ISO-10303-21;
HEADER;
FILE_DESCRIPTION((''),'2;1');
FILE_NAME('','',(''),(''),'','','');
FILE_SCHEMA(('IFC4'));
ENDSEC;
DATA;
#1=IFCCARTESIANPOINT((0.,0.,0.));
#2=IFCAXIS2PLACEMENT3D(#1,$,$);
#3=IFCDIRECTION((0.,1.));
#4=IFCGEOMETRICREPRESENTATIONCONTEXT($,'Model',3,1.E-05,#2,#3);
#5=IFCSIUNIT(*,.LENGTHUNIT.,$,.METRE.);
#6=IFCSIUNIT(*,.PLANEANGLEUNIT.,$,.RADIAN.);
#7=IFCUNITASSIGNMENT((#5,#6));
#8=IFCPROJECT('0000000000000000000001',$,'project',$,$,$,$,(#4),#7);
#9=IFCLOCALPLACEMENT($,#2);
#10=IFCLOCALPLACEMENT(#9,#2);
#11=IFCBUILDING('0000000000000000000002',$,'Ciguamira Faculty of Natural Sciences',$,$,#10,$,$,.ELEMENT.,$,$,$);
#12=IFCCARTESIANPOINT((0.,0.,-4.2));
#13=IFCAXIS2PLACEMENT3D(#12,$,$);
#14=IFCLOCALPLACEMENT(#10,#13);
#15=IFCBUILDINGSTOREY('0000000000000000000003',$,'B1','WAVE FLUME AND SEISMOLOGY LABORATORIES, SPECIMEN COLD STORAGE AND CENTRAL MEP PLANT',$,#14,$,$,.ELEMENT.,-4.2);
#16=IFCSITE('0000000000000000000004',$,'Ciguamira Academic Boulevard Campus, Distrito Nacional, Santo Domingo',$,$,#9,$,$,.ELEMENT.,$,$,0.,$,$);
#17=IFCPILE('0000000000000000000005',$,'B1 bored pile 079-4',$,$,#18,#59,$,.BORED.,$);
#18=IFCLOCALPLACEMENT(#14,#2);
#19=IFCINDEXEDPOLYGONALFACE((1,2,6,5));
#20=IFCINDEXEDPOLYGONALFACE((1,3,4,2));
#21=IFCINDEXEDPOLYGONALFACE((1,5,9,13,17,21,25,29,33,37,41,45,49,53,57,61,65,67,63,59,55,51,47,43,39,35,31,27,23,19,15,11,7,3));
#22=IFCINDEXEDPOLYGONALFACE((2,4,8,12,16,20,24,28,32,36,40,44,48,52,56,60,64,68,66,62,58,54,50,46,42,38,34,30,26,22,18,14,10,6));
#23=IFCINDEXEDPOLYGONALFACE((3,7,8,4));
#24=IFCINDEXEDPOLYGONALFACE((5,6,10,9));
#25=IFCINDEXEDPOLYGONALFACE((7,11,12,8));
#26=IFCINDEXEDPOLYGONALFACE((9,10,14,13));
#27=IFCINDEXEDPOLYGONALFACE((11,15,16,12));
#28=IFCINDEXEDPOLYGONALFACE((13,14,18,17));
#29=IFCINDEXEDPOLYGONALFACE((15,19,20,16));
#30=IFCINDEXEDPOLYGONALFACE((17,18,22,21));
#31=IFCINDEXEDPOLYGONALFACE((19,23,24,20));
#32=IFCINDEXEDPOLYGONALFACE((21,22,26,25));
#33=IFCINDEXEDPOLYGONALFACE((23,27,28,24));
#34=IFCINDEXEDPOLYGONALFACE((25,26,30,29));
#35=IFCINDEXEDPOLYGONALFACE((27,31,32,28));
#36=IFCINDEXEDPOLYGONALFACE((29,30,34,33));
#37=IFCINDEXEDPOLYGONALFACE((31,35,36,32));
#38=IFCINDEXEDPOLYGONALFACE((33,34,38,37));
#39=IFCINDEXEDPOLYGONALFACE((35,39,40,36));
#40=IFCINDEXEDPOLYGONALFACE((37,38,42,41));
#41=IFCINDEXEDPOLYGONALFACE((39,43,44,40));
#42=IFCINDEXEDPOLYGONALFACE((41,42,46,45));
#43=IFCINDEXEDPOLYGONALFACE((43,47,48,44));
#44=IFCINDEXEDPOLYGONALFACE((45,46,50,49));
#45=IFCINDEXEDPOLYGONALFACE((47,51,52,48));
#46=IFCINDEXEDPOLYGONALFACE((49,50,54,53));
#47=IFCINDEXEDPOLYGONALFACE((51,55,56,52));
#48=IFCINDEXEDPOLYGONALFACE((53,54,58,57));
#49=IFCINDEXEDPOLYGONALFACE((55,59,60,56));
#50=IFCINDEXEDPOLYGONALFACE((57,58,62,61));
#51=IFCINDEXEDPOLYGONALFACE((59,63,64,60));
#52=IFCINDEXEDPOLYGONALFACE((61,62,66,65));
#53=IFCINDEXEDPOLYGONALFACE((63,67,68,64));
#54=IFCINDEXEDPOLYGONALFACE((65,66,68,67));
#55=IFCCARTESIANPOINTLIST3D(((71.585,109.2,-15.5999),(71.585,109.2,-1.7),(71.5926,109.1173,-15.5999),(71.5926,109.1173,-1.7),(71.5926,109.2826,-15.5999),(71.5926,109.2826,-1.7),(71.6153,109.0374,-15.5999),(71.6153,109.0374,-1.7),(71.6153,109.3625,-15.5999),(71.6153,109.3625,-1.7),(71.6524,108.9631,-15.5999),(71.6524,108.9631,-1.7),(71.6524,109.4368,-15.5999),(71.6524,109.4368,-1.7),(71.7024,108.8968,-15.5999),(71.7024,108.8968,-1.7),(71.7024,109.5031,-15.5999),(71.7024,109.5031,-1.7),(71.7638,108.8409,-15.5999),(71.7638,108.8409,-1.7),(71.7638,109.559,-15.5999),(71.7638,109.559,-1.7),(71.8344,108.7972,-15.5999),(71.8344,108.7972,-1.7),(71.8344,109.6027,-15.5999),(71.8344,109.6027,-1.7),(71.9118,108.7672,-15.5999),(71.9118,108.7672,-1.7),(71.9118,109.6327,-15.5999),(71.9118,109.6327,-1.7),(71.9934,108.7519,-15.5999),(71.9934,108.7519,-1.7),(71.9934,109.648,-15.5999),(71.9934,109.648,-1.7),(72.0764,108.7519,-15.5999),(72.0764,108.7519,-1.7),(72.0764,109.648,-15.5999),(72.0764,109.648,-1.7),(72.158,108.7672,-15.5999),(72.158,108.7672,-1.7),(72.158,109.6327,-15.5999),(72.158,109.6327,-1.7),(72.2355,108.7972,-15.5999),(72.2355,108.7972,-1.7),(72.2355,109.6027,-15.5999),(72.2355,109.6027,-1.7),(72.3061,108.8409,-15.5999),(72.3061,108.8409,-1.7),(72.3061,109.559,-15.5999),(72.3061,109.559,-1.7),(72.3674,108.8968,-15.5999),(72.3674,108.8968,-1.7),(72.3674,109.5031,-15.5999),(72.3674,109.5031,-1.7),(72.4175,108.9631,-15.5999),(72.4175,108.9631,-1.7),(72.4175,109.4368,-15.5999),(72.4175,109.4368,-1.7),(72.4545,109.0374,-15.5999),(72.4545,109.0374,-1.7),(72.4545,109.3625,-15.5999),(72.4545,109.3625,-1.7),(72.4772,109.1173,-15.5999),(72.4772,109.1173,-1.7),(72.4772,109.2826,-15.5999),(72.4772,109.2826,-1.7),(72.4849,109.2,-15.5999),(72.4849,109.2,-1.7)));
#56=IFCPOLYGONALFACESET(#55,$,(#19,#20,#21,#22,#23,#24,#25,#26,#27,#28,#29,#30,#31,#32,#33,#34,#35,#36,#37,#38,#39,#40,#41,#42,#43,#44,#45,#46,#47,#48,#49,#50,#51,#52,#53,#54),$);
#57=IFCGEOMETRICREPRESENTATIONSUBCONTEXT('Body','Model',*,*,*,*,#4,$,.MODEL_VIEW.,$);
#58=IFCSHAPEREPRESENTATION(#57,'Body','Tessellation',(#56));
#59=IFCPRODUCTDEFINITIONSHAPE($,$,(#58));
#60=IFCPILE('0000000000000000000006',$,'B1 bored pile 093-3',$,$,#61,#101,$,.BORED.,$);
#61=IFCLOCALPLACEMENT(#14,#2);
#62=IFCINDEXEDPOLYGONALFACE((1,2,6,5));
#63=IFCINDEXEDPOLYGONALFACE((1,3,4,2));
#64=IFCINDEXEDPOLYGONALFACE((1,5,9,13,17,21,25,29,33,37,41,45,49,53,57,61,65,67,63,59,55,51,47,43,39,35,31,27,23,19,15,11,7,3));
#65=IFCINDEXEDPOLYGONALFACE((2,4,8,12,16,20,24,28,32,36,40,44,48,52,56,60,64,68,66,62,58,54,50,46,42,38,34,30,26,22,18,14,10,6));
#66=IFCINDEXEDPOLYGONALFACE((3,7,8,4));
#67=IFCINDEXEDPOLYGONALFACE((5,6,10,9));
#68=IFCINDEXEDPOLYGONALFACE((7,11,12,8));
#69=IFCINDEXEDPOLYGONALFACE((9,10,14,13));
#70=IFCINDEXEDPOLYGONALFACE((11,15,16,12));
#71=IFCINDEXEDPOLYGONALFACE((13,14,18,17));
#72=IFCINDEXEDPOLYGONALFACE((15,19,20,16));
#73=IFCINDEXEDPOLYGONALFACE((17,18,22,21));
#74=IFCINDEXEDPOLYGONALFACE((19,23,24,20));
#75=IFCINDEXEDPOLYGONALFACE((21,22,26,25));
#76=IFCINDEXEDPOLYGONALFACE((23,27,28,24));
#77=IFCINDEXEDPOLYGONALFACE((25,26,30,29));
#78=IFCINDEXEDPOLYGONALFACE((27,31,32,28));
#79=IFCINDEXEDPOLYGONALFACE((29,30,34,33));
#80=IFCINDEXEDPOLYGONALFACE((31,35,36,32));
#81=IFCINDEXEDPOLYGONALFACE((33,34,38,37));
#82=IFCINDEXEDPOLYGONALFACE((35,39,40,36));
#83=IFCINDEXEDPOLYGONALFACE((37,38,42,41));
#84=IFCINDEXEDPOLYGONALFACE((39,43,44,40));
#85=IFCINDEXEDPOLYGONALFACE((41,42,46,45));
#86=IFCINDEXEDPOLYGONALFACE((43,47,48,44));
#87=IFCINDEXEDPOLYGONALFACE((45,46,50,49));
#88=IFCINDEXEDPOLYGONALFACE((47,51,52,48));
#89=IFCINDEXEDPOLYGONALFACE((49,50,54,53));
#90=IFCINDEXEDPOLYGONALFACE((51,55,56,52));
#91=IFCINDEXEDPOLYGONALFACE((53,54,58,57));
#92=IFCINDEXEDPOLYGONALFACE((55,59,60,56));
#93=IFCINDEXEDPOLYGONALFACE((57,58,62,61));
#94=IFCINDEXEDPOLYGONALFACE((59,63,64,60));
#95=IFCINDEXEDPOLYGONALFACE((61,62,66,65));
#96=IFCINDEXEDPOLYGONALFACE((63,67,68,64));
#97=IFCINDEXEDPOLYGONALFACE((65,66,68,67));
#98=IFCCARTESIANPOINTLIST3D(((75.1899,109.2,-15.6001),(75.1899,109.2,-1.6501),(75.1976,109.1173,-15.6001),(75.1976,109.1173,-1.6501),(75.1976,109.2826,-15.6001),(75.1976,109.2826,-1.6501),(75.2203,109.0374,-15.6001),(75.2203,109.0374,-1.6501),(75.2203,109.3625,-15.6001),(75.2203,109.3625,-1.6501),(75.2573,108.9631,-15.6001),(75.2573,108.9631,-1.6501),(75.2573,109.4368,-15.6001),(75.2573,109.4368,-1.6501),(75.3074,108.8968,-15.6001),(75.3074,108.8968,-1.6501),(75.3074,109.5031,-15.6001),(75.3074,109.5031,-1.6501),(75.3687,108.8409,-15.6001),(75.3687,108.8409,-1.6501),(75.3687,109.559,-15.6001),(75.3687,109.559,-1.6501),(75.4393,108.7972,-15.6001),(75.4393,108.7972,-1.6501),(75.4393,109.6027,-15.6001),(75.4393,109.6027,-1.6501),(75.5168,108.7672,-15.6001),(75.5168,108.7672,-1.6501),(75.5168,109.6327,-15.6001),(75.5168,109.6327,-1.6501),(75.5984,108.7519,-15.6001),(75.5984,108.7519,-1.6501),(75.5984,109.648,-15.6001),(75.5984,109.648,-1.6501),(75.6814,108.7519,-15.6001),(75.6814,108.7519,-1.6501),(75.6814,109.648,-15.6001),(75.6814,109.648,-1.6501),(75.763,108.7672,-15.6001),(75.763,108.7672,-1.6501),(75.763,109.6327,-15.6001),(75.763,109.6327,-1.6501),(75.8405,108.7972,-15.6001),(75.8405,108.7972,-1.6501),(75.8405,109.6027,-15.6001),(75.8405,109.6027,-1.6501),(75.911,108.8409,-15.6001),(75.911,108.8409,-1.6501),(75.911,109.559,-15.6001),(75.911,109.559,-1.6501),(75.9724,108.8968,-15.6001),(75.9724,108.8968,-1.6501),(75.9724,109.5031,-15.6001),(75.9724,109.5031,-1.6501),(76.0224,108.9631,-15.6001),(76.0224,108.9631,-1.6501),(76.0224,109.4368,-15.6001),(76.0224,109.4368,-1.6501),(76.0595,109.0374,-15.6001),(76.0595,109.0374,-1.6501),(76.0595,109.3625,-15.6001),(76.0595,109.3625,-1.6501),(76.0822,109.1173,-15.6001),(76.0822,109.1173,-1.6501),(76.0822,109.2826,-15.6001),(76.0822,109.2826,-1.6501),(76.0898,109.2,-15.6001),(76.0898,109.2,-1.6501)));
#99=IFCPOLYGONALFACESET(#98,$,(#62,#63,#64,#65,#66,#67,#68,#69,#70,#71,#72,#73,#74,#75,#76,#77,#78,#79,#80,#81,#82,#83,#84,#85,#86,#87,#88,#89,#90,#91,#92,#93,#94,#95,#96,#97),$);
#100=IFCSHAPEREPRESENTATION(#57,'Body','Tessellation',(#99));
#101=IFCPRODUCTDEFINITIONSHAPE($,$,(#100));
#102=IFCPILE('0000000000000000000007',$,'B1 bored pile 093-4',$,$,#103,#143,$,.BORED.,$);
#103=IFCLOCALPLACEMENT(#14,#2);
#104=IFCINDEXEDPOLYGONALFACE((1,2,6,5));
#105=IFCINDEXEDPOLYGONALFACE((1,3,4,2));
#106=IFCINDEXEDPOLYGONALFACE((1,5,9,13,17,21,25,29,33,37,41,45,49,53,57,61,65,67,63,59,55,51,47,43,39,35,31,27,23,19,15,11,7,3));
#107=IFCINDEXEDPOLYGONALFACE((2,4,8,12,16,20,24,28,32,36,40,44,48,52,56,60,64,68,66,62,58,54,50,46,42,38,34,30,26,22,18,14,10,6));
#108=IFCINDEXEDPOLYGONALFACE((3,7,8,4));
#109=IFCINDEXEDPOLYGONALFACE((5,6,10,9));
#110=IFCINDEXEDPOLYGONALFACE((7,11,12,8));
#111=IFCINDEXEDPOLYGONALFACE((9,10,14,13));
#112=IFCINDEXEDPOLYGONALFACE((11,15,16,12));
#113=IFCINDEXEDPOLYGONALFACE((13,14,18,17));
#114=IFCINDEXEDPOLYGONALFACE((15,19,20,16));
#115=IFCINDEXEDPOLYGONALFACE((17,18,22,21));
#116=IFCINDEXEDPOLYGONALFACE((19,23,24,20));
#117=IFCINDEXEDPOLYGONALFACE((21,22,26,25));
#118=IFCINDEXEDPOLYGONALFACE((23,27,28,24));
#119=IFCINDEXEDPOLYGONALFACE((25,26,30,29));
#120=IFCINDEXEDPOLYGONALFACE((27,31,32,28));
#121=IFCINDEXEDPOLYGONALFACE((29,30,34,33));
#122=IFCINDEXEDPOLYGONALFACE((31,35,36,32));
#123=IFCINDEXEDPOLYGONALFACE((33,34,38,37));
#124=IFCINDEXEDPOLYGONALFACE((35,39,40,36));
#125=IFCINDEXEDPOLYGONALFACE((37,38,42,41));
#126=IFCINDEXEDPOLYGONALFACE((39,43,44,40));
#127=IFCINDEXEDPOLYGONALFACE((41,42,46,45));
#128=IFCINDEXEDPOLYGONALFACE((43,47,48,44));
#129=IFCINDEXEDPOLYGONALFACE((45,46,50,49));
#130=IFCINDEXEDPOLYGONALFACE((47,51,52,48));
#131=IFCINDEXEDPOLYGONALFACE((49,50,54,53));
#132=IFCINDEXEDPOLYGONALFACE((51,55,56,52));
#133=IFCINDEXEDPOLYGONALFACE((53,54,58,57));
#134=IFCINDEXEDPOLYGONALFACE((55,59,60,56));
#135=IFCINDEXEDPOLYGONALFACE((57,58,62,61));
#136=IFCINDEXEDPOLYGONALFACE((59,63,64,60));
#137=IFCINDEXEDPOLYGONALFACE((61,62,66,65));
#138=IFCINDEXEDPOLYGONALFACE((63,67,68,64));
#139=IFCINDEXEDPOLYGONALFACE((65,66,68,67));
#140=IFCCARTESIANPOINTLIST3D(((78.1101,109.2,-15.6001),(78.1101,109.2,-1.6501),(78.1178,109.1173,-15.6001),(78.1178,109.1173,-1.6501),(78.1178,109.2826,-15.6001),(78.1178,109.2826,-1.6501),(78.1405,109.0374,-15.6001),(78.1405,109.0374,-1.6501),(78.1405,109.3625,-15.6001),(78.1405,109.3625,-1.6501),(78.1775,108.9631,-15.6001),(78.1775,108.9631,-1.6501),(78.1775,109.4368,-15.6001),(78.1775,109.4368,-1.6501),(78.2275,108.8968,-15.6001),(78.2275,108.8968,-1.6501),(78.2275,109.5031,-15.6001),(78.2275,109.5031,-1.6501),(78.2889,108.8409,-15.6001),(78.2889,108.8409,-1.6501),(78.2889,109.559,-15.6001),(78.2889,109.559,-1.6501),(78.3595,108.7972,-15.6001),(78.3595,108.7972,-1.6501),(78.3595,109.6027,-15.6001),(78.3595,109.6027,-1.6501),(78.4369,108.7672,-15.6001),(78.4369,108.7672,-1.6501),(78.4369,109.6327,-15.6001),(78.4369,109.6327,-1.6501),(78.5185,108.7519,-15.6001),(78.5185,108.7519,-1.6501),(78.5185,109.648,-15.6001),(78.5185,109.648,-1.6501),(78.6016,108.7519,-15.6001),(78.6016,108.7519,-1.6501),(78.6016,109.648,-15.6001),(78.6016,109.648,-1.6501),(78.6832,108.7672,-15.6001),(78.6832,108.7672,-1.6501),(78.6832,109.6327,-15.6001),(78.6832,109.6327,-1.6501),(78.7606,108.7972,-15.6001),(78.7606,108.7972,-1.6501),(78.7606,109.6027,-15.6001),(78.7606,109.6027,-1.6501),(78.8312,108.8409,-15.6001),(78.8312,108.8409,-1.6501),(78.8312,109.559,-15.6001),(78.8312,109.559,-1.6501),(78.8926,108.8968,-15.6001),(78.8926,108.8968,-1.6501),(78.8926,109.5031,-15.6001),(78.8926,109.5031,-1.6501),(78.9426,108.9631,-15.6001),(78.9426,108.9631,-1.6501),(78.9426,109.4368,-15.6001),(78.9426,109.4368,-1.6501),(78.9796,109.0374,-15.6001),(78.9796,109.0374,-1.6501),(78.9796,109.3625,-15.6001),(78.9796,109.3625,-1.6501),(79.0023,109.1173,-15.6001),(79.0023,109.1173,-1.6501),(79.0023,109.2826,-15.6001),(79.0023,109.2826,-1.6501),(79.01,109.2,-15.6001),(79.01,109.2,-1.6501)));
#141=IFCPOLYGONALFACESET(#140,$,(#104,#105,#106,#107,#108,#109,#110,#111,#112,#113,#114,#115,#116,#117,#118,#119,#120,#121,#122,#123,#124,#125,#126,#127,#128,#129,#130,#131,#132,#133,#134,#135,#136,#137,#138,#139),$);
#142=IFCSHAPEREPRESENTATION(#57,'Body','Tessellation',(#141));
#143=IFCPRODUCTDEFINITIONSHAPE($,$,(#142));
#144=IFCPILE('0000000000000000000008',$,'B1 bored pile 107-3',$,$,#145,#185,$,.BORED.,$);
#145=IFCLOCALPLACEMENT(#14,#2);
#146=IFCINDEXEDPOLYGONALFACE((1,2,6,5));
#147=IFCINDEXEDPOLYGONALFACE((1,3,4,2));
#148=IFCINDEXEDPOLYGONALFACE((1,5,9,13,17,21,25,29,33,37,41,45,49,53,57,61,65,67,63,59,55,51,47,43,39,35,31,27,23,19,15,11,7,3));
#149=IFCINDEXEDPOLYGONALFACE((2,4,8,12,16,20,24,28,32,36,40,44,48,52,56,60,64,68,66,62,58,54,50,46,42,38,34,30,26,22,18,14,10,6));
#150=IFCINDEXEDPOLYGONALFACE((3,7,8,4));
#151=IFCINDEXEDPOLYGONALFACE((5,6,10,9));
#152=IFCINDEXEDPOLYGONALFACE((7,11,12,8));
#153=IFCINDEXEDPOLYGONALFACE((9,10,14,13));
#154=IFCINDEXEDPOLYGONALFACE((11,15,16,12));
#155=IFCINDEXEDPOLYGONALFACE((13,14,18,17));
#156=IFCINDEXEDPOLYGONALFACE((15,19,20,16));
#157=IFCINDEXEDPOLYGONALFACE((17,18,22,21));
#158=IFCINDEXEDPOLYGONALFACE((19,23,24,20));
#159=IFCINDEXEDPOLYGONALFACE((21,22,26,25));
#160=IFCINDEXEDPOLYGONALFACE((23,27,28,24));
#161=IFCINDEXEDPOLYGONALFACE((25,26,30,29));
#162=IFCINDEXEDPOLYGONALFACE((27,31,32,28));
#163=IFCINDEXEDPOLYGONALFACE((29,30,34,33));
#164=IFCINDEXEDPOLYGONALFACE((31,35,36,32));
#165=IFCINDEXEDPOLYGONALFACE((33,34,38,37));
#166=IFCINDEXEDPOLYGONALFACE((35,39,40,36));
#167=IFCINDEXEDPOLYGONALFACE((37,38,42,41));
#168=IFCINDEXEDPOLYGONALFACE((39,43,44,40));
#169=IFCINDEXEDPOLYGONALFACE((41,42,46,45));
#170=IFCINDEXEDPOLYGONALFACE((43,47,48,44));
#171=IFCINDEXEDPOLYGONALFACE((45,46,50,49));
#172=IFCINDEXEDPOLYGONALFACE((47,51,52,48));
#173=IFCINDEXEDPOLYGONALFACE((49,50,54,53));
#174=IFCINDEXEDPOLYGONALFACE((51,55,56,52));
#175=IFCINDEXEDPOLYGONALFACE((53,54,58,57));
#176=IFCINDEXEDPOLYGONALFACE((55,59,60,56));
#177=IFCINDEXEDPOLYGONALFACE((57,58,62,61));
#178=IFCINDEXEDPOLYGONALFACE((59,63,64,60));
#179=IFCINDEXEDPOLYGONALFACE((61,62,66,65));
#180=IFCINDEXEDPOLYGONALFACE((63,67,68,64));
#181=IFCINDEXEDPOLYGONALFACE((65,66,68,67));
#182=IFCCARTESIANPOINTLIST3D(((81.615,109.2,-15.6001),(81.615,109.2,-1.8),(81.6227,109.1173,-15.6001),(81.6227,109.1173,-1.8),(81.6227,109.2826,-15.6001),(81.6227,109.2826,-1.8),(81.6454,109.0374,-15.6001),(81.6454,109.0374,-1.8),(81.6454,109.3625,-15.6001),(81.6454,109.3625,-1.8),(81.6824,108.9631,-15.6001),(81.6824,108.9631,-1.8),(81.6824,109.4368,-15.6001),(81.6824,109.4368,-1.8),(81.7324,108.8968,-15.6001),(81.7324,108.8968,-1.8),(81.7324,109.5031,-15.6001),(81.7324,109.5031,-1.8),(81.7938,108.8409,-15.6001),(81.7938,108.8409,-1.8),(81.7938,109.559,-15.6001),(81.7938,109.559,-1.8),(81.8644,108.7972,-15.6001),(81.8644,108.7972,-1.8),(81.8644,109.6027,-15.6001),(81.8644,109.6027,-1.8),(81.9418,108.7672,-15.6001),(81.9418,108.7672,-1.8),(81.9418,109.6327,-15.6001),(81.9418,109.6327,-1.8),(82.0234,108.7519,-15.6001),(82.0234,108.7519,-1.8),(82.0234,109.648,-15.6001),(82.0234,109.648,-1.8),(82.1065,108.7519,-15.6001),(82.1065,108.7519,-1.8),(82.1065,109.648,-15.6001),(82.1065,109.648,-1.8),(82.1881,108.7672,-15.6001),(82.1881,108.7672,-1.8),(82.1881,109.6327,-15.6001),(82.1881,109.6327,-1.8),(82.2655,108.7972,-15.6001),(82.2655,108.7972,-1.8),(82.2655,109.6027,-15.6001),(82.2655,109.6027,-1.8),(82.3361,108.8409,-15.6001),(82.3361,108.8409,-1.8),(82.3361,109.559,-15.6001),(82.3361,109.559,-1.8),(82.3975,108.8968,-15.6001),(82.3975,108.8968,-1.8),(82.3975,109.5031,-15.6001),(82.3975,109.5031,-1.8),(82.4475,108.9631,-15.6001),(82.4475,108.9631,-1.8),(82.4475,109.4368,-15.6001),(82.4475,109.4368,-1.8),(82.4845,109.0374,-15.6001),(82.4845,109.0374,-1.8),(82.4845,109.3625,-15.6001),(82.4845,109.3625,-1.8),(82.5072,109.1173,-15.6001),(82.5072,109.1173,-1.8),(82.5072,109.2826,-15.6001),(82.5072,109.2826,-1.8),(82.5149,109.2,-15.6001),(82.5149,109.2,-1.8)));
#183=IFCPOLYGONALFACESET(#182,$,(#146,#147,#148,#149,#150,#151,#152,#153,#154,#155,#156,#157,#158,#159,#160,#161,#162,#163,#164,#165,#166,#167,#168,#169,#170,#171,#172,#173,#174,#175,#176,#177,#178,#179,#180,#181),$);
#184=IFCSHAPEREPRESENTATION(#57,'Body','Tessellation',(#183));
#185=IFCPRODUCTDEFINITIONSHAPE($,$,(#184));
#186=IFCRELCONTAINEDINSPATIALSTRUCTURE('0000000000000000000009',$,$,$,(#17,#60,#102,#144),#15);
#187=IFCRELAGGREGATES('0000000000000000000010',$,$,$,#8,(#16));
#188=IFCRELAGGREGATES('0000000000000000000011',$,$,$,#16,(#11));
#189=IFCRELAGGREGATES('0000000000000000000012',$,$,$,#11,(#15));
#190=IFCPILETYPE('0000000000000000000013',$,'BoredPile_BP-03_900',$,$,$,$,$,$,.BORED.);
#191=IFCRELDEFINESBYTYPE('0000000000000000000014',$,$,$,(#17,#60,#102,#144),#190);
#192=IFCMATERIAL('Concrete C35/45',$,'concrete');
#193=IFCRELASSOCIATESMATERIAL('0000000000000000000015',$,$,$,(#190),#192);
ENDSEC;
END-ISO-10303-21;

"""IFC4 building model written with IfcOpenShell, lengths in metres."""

from ifc_helpers import new_model, si_unit, direction, frame, origin, origin_2d, place, context, subcontext, project, spatial, circle, extrude, material, material_profile, profile_set, type_object, element, save


model = new_model("IFC4")

# Units and contexts
model_context = context("Model", 3, precision=1e-05, world=origin(), true_north=direction((0.0, 1.0)))
body_context = subcontext(model_context, "Body", "Model", "MODEL_VIEW")
ifc_project = project(units=[si_unit("LENGTHUNIT", "METRE"), si_unit("PLANEANGLEUNIT", "RADIAN")], contexts=[model_context])

# Site, building, storey
site_placement = place(None, origin())
site = spatial("IfcSite", under=ifc_project, at=site_placement, Name="Ciguamira Academic Boulevard Campus, Distrito Nacional, Santo Domingo", CompositionType="ELEMENT", RefElevation=0.0)
building_placement = place(site_placement, origin())
building = spatial("IfcBuilding", under=site, at=building_placement, Name="Ciguamira Faculty of Natural Sciences", CompositionType="ELEMENT")
storey_placement = place(building_placement, frame((0.0, 0.0, -4.2)))
storey = spatial("IfcBuildingStorey", under=building, at=storey_placement, Name="B1", Description="WAVE FLUME AND SEISMOLOGY LABORATORIES, SPECIMEN COLD STORAGE AND CENTRAL MEP PLANT", CompositionType="ELEMENT", Elevation=-4.2)

# Piles
ifc_material_1 = material(Name="Concrete C35/45", Category="concrete")
ifc_material_profile_1 = material_profile(ifc_material_1, circle(Radius=0.45, at=origin_2d()), Name="PILE-BORED-900")
ifc_profile_set_1 = profile_set([ifc_material_profile_1], Name="Concrete C35/45")
pile_type_1 = type_object("IfcPileType", Name="BoredPile_BP-03_900", PredefinedType="BORED", material=ifc_profile_set_1)
pile_1_placement = place(storey_placement, frame((72.0349, 109.2, -1.7), z_axis=(0.0, 0.0, -1.0), x_axis=(1.0, 0.0, 0.0)))
element("IfcPile", 1, at=pile_1_placement, inside=storey, type_object=pile_type_1, Name="B1 bored pile 079-4", PredefinedType="BORED", context=body_context, shape_type="SweptSolid", body=[
    extrude(circle(Radius=0.45, at=origin_2d()), origin(), (0.0, 0.0, 1.0), 13.8999),
])
for number, where, z_axis, x_axis, name in (
    (2, (75.6399, 109.2, -1.6501), (0.0, 0.0, -1.0), (1.0, 0.0, 0.0), "B1 bored pile 093-3"),
    (3, (78.5601, 109.2, -1.6501), (0.0, 0.0, -1.0), (1.0, 0.0, 0.0), "B1 bored pile 093-4"),
):
    element("IfcPile", number, at=place(storey_placement, frame(where, z_axis=z_axis, x_axis=x_axis)), inside=storey, type_object=pile_type_1, Name=name, PredefinedType="BORED", context=body_context, shape_type="SweptSolid", body=[
        extrude(circle(Radius=0.45, at=origin_2d()), origin(), (0.0, 0.0, 1.0), 13.95),
    ])
pile_2_placement = place(storey_placement, frame((82.0649, 109.2, -1.8), z_axis=(0.0, 0.0, -1.0), x_axis=(1.0, 0.0, 0.0)))
element("IfcPile", 4, at=pile_2_placement, inside=storey, type_object=pile_type_1, Name="B1 bored pile 107-3", PredefinedType="BORED", context=body_context, shape_type="SweptSolid", body=[
    extrude(circle(Radius=0.45, at=origin_2d()), origin(), (0.0, 0.0, 1.0), 13.8),
])

save(model, "model.ifc")
